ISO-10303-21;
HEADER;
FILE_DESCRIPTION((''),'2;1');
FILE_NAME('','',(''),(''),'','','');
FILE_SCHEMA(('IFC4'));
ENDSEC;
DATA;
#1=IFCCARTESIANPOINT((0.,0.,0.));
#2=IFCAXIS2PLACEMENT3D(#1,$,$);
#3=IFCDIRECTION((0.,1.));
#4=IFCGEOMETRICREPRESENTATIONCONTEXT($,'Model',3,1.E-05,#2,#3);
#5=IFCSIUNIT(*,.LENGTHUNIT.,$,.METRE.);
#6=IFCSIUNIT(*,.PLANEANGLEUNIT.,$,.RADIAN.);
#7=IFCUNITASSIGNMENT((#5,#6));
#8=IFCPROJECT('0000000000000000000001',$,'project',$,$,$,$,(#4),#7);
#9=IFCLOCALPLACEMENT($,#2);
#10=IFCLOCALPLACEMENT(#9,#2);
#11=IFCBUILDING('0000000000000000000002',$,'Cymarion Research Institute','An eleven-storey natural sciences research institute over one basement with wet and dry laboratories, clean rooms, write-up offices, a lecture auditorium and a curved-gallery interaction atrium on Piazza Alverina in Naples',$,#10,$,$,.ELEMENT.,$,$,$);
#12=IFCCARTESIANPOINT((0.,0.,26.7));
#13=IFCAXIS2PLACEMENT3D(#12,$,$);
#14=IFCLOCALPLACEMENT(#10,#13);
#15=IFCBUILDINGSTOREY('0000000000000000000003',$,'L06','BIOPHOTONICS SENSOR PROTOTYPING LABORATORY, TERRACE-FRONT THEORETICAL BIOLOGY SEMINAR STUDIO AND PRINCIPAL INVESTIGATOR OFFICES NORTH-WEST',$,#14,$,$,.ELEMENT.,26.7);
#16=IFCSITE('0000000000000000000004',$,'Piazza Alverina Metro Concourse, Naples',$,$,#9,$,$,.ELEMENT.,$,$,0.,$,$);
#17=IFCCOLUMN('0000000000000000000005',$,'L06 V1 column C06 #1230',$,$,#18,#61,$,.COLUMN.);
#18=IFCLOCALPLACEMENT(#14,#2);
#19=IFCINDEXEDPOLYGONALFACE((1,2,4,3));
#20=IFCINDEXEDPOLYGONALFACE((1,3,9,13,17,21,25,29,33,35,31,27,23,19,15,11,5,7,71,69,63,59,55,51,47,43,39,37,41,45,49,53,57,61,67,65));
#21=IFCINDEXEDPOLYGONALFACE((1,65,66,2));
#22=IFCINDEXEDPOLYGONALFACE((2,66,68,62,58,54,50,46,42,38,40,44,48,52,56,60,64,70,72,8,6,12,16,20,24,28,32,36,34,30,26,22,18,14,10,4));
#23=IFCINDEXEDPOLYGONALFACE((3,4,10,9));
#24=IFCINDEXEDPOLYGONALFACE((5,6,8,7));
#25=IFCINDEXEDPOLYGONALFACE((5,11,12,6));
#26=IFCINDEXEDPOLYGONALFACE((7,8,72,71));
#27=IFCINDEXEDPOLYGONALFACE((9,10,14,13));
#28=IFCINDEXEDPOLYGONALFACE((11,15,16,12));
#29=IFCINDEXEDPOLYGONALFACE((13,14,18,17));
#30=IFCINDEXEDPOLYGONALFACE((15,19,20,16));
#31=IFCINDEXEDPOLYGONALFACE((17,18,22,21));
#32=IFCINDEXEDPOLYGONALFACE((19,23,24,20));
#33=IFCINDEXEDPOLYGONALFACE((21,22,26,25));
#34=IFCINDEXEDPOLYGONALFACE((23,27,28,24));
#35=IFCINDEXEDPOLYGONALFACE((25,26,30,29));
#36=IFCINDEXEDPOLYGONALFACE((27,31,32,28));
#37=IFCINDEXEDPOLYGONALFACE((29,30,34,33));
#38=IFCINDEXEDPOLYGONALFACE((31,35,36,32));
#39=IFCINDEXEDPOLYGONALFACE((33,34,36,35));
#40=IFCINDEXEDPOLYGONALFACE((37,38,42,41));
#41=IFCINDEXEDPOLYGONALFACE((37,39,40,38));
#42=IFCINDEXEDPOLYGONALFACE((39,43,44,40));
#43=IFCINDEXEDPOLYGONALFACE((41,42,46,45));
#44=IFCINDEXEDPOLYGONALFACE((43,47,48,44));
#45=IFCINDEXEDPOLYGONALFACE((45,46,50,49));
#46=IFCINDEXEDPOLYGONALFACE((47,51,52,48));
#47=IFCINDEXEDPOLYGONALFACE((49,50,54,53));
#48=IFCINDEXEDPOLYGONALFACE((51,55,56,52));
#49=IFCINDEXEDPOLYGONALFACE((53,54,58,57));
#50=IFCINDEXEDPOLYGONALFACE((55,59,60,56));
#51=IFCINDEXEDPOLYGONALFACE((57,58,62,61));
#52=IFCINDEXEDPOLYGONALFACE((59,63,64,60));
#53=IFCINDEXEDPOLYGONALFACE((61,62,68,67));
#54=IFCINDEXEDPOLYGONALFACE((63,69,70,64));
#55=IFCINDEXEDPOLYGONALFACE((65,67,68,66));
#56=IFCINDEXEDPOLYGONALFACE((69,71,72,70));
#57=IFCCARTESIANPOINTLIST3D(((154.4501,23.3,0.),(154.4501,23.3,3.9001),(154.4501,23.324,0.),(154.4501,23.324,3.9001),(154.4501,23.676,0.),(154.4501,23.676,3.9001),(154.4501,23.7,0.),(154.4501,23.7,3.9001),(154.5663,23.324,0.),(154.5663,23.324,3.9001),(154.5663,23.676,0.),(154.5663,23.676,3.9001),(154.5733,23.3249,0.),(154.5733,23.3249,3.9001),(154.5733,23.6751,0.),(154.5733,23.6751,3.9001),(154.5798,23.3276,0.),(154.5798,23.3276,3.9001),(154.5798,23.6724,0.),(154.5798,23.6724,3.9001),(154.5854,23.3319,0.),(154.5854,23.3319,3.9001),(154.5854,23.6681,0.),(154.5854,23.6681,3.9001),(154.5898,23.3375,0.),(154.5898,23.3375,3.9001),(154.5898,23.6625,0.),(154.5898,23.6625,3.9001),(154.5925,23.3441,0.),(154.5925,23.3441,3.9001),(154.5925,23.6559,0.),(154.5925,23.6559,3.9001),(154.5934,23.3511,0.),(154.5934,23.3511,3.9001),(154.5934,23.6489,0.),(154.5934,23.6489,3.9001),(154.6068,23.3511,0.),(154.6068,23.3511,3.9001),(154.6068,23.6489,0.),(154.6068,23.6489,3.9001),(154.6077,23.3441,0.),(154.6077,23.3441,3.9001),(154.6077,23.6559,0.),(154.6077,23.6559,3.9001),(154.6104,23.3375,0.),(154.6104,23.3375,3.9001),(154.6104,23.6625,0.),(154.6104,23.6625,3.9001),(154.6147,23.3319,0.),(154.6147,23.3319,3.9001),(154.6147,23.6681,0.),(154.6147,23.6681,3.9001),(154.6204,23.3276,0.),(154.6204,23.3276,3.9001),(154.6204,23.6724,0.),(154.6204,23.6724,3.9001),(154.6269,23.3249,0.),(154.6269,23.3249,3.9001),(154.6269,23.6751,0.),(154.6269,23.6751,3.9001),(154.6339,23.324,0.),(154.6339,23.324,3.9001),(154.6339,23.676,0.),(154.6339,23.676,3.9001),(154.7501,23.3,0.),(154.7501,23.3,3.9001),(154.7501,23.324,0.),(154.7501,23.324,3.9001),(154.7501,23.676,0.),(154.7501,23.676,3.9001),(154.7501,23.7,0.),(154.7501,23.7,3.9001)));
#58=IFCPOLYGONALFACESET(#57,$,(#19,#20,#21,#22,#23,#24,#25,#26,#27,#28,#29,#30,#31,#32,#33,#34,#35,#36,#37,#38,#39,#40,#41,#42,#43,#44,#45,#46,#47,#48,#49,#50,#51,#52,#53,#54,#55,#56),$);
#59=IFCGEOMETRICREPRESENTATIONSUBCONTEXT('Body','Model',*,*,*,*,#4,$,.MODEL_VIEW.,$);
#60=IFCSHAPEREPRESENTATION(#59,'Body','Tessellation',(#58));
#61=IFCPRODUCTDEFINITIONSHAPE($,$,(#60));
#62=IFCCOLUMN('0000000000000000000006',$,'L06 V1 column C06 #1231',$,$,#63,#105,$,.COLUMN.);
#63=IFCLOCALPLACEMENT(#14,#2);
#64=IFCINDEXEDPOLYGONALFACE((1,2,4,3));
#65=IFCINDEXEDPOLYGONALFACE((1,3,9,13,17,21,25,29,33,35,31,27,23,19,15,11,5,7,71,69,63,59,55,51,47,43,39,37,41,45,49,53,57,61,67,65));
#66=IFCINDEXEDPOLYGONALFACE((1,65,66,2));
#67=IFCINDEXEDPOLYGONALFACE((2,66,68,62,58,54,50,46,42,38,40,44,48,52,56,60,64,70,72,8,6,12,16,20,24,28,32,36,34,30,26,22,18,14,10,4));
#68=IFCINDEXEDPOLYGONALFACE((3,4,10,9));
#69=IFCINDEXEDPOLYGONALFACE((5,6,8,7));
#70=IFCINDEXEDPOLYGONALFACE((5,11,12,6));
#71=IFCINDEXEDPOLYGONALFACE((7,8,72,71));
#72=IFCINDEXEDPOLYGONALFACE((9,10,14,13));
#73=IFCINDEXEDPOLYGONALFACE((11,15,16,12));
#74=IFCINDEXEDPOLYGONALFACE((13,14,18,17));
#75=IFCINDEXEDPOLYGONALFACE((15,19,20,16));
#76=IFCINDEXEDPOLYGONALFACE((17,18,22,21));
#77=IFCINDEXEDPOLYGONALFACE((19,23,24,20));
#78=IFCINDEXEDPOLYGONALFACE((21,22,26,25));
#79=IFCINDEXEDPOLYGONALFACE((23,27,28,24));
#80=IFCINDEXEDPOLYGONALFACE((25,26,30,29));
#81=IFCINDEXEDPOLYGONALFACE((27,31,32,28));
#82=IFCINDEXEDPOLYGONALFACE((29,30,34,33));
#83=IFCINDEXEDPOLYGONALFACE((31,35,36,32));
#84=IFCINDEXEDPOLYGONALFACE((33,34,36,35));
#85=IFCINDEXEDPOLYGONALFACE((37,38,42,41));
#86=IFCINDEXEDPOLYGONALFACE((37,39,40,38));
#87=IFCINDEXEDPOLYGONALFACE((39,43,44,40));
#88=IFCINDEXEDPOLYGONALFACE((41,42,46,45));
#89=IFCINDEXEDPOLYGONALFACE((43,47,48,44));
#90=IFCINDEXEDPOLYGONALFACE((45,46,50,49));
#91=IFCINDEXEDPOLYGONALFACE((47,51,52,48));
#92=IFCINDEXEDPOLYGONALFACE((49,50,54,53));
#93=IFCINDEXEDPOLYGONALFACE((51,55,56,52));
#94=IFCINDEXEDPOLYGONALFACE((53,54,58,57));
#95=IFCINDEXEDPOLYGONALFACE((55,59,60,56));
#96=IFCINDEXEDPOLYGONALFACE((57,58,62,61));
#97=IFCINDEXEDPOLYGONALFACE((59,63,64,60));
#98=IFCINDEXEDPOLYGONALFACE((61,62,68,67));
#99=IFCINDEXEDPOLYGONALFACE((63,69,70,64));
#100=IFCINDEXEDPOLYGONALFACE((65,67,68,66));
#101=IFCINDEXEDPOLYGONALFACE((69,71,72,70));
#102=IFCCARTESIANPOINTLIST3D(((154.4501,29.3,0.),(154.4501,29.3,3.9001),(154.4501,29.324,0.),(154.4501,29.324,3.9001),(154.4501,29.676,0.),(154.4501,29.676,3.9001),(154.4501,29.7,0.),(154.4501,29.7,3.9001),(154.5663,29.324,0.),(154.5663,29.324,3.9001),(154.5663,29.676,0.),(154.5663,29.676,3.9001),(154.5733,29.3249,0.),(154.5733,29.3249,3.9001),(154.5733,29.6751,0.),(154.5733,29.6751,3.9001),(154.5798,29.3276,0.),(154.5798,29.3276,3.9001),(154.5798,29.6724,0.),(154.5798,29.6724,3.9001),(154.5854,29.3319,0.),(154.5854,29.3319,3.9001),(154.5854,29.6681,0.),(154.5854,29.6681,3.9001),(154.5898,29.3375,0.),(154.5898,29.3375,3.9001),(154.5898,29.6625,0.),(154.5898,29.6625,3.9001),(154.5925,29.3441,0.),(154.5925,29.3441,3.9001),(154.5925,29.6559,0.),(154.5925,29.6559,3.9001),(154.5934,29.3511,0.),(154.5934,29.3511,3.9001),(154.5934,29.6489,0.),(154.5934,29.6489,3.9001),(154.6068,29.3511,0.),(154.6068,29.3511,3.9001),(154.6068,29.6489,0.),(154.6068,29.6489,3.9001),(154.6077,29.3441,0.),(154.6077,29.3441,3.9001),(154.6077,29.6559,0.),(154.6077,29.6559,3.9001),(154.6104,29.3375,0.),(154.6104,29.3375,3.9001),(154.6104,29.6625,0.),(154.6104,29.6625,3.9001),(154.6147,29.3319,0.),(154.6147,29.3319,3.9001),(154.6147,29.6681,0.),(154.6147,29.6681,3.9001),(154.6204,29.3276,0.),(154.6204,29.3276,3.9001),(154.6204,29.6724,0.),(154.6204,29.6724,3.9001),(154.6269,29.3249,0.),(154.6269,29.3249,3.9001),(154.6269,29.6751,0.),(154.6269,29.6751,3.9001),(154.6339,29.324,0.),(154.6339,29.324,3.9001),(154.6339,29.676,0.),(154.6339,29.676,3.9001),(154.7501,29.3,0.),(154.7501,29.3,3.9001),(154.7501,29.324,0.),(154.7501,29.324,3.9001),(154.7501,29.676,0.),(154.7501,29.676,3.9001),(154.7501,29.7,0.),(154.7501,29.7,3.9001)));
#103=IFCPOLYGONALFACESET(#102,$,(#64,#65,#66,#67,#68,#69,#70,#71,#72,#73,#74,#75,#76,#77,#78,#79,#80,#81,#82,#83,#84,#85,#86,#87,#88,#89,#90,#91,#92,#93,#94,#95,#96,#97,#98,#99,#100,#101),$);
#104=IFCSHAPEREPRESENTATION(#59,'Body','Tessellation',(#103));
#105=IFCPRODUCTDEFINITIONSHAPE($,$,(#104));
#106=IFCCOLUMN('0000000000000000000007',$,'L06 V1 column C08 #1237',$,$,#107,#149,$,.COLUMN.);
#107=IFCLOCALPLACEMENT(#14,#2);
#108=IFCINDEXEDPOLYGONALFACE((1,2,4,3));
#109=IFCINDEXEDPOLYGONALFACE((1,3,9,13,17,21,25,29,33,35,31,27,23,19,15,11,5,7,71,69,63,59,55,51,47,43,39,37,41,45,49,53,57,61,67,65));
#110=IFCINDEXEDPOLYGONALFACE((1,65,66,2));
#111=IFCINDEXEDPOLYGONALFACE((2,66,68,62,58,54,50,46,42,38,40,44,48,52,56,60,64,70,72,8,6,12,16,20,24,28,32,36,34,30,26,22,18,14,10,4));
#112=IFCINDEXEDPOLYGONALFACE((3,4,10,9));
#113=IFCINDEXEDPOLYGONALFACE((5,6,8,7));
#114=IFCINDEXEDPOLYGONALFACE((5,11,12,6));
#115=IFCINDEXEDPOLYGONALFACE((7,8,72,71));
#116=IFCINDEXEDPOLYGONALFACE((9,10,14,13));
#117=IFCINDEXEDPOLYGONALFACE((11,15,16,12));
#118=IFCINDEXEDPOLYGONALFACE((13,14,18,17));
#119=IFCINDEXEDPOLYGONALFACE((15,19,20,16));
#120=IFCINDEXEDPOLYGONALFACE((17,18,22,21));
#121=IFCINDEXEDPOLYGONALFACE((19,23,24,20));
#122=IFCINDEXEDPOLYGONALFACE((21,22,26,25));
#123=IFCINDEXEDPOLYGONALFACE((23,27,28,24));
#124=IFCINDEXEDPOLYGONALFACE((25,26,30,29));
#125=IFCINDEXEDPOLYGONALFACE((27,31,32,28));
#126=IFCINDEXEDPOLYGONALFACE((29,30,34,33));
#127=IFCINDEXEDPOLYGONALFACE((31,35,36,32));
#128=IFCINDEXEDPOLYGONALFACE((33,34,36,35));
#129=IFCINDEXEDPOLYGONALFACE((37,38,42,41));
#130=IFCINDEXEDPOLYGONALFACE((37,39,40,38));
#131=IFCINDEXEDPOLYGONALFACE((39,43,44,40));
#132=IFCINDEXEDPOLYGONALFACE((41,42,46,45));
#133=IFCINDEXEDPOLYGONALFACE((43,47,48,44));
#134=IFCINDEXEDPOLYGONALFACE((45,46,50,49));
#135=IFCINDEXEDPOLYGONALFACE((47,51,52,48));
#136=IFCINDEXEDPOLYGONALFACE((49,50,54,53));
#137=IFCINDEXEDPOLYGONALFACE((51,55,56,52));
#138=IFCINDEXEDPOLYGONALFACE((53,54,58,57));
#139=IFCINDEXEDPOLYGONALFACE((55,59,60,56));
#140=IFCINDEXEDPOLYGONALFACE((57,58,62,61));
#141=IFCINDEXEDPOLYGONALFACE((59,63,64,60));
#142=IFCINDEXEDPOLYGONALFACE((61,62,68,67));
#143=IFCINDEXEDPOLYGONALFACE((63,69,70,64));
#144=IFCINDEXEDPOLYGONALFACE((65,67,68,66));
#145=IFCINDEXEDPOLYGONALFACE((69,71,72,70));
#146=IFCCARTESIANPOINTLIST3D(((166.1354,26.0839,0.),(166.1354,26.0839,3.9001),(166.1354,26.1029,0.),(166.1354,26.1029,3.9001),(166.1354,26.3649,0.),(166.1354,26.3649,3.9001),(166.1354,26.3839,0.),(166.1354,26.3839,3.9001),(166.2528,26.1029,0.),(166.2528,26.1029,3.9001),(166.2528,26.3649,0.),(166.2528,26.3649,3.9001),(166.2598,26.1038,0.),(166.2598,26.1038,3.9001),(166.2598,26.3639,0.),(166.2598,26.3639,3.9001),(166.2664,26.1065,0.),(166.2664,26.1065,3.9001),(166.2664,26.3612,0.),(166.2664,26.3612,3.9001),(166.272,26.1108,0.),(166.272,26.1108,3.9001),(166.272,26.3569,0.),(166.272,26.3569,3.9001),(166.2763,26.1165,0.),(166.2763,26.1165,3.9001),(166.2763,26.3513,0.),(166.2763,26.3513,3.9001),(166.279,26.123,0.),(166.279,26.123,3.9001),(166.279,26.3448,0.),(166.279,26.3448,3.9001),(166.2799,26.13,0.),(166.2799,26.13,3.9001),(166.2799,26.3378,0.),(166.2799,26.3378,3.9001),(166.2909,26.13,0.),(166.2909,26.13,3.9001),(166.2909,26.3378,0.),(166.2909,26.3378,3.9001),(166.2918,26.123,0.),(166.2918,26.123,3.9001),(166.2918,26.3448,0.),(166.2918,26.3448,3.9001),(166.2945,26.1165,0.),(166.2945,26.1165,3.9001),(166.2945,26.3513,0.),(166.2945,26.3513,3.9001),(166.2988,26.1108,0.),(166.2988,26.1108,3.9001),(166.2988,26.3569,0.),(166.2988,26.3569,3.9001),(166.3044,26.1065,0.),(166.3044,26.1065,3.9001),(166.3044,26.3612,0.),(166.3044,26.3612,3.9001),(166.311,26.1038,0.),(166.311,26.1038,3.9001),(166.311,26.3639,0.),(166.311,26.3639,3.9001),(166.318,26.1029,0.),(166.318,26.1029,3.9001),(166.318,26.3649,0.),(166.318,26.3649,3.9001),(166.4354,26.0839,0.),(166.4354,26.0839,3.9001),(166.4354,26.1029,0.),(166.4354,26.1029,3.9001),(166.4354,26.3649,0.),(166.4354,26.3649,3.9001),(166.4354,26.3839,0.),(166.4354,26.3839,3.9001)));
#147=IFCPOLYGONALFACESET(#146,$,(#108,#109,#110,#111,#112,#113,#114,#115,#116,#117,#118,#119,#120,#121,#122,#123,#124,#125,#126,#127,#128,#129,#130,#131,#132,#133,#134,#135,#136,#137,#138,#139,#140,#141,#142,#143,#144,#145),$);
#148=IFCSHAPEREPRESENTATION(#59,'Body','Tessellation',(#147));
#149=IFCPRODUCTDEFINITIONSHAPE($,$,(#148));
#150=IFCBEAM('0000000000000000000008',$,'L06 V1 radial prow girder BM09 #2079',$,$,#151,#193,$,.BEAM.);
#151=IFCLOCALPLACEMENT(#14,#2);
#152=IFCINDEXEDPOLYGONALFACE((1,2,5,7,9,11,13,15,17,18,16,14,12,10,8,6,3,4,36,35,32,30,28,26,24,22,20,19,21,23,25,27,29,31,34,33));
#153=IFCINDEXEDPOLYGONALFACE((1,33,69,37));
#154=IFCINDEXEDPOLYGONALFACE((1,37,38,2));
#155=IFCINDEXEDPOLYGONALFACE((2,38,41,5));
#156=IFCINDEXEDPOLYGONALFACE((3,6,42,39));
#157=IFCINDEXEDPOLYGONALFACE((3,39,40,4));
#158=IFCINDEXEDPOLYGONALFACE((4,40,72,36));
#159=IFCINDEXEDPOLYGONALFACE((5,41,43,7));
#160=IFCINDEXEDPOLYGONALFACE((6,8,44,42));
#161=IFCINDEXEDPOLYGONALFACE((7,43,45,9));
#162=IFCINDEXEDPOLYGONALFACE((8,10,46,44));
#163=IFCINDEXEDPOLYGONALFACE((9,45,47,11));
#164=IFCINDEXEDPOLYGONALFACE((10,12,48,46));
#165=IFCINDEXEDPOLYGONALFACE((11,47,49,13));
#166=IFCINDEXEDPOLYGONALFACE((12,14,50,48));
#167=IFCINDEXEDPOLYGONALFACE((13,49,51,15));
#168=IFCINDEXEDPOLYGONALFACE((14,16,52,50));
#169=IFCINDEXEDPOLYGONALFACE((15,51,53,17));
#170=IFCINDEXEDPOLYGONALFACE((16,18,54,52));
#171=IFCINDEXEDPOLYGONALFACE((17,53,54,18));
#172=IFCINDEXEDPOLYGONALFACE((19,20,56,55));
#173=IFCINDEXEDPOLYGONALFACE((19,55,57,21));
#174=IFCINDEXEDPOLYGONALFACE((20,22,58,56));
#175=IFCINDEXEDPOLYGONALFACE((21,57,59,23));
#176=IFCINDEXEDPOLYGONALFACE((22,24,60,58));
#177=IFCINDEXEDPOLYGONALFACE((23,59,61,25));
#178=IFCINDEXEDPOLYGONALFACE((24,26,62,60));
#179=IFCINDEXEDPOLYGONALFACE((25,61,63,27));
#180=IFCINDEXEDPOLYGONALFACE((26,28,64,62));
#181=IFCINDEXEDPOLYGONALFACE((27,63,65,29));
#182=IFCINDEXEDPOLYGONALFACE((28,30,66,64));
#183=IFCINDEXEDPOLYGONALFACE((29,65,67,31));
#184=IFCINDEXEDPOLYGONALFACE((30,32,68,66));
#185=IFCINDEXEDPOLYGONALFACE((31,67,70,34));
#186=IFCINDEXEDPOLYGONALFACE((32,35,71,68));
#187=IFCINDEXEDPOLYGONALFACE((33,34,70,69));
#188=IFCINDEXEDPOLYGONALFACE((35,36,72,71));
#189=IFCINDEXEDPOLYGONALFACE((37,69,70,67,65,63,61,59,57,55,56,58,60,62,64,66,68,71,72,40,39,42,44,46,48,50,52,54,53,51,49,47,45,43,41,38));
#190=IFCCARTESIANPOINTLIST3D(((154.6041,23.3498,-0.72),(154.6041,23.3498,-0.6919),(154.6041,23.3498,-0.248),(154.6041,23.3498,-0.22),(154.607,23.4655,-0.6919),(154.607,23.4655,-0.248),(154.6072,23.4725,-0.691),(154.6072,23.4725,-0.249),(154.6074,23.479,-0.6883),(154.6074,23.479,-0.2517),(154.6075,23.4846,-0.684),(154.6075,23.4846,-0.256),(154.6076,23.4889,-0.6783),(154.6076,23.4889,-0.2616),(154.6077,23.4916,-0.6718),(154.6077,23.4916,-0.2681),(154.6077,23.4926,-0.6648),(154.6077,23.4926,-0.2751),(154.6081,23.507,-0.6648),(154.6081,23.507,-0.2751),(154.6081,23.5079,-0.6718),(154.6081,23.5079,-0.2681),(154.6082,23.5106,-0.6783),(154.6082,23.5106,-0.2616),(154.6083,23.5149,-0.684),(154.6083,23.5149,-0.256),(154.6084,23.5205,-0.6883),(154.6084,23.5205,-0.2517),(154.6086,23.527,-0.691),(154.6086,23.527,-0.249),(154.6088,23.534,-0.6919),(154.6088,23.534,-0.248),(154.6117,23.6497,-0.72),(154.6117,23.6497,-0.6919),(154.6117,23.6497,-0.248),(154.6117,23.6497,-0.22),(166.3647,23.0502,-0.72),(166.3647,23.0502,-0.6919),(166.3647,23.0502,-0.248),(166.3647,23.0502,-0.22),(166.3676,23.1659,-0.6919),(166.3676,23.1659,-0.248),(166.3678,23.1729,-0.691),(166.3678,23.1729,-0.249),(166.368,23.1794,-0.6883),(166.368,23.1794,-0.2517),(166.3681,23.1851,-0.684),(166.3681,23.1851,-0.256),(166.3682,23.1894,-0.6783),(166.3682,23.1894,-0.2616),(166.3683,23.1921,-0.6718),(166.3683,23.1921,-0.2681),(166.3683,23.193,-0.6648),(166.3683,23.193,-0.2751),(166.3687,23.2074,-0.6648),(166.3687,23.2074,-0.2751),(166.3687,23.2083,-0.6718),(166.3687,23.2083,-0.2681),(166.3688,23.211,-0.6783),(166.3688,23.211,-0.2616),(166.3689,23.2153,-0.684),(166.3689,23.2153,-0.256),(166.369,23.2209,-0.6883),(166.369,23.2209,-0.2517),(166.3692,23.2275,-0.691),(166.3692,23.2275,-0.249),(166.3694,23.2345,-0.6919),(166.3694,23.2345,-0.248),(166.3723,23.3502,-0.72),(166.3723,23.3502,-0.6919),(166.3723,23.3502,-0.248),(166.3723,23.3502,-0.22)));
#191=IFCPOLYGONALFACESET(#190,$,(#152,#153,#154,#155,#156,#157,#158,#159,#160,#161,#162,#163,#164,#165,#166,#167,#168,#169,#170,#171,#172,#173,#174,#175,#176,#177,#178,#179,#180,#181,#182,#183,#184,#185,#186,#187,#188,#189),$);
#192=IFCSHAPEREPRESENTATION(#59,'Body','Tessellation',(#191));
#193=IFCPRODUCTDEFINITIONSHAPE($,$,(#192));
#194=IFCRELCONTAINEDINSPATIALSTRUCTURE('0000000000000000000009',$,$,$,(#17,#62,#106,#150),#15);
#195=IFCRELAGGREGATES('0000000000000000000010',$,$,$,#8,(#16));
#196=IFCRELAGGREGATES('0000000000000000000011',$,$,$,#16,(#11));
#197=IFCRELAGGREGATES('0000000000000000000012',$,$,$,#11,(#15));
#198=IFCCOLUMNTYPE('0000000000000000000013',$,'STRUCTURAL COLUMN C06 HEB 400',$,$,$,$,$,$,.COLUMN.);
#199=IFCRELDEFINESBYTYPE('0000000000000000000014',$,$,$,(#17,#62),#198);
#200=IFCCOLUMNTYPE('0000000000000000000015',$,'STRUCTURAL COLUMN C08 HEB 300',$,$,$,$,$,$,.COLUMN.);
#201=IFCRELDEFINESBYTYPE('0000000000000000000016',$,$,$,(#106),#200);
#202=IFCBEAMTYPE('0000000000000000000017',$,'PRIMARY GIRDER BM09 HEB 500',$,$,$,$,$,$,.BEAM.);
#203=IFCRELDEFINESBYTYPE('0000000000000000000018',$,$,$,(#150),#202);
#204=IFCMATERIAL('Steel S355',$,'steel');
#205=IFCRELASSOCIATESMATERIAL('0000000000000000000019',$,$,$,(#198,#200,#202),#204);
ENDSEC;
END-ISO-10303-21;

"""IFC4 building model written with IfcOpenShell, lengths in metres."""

from ifc_helpers import new_model, si_unit, direction, frame, origin, origin_2d, place, context, subcontext, project, spatial, i_section, extrude, material, material_profile, profile_set, type_object, element, save


model = new_model("IFC4")

# Units and contexts
model_context = context("Model", 3, precision=1e-05, world=origin(), true_north=direction((0.0, 1.0)))
body_context = subcontext(model_context, "Body", "Model", "MODEL_VIEW")
ifc_project = project(units=[si_unit("LENGTHUNIT", "METRE"), si_unit("PLANEANGLEUNIT", "RADIAN")], contexts=[model_context])

# Site, building, storey
site_placement = place(None, origin())
site = spatial("IfcSite", under=ifc_project, at=site_placement, Name="Piazza Alverina Metro Concourse, Naples", CompositionType="ELEMENT", RefElevation=0.0)
building_placement = place(site_placement, origin())
building = spatial("IfcBuilding", under=site, at=building_placement, Name="Cymarion Research Institute", Description="An eleven-storey natural sciences research institute over one basement with wet and dry laboratories, clean rooms, write-up offices, a lecture auditorium and a curved-gallery interaction atrium on Piazza Alverina in Naples", CompositionType="ELEMENT")
storey_placement = place(building_placement, frame((0.0, 0.0, 26.7)))
storey = spatial("IfcBuildingStorey", under=building, at=storey_placement, Name="L06", Description="BIOPHOTONICS SENSOR PROTOTYPING LABORATORY, TERRACE-FRONT THEORETICAL BIOLOGY SEMINAR STUDIO AND PRINCIPAL INVESTIGATOR OFFICES NORTH-WEST", CompositionType="ELEMENT", Elevation=26.7)

# Columns
ifc_material_1 = material(Name="Steel S355", Category="steel")
ifc_material_profile_1 = material_profile(ifc_material_1, i_section(OverallWidth=0.3, OverallDepth=0.3999, WebThickness=0.0134, FlangeThickness=0.0239, FilletRadius=0.0271, at=origin_2d()), Name="HEB 400")
ifc_profile_set_1 = profile_set([ifc_material_profile_1], Name="Steel S355")
column_type_1 = type_object("IfcColumnType", Name="STRUCTURAL COLUMN C06 HEB 400", PredefinedType="COLUMN", material=ifc_profile_set_1)
for number, where, z_axis, x_axis, name in (
    (1, (154.6001, 23.5, 0.0), (0.0, 0.0, 1.0), (1.0, 0.0, 0.0), "L06 V1 column C06 #1230"),
    (2, (154.6001, 29.5, 0.0), (0.0, 0.0, 1.0), (1.0, 0.0, 0.0), "L06 V1 column C06 #1231"),
):
    element("IfcColumn", number, at=place(storey_placement, frame(where, z_axis=z_axis, x_axis=x_axis)), inside=storey, type_object=column_type_1, Name=name, PredefinedType="COLUMN", context=body_context, shape_type="SweptSolid", body=[
        extrude(i_section(OverallWidth=0.3, OverallDepth=0.3999, WebThickness=0.0134, FlangeThickness=0.0239, FilletRadius=0.0271, at=origin_2d()), origin(), (0.0, 0.0, 1.0), 3.9001),
    ])
ifc_material_profile_2 = material_profile(ifc_material_1, i_section(OverallWidth=0.3, OverallDepth=0.3, WebThickness=0.011, FlangeThickness=0.019, FilletRadius=0.0271, at=origin_2d()), Name="HEB 300")
ifc_profile_set_2 = profile_set([ifc_material_profile_2], Name="Steel S355")
column_type_2 = type_object("IfcColumnType", Name="STRUCTURAL COLUMN C08 HEB 300", PredefinedType="COLUMN", material=ifc_profile_set_2)
column_placement = place(storey_placement, frame((166.2854, 26.2339, 0.0), z_axis=(0.0, 0.0, 1.0), x_axis=(1.0, 0.0, 0.0)))
element("IfcColumn", 3, at=column_placement, inside=storey, type_object=column_type_2, Name="L06 V1 column C08 #1237", PredefinedType="COLUMN", context=body_context, shape_type="SweptSolid", body=[
    extrude(i_section(OverallWidth=0.3, OverallDepth=0.3, WebThickness=0.011, FlangeThickness=0.019, FilletRadius=0.0271, at=origin_2d()), origin(), (0.0, 0.0, 1.0), 3.9001),
])

# Beam
ifc_material_profile_3 = material_profile(ifc_material_1, i_section(OverallWidth=0.3, OverallDepth=0.5, WebThickness=0.0144, FlangeThickness=0.0281, FilletRadius=0.0271, at=origin_2d()), Name="HEB 500")
ifc_profile_set_3 = profile_set([ifc_material_profile_3], Name="Steel S355")
beam_type_1 = type_object("IfcBeamType", Name="PRIMARY GIRDER BM09 HEB 500", PredefinedType="BEAM", material=ifc_profile_set_3)
beam_1_placement = place(storey_placement, frame((154.6079, 23.4998, -0.47), z_axis=(0.999676, -0.025463, 0.0), x_axis=(0.025463, 0.999676, 0.0)))
element("IfcBeam", 4, at=beam_1_placement, inside=storey, type_object=beam_type_1, Name="L06 V1 radial prow girder BM09 #2079", PredefinedType="BEAM", context=body_context, shape_type="SweptSolid", body=[
    extrude(i_section(OverallWidth=0.3, OverallDepth=0.5, WebThickness=0.0144, FlangeThickness=0.0281, FilletRadius=0.0271, at=origin_2d()), origin(), (0.0, 0.0, 1.0), 11.7644),
])

save(model, "model.ifc")
